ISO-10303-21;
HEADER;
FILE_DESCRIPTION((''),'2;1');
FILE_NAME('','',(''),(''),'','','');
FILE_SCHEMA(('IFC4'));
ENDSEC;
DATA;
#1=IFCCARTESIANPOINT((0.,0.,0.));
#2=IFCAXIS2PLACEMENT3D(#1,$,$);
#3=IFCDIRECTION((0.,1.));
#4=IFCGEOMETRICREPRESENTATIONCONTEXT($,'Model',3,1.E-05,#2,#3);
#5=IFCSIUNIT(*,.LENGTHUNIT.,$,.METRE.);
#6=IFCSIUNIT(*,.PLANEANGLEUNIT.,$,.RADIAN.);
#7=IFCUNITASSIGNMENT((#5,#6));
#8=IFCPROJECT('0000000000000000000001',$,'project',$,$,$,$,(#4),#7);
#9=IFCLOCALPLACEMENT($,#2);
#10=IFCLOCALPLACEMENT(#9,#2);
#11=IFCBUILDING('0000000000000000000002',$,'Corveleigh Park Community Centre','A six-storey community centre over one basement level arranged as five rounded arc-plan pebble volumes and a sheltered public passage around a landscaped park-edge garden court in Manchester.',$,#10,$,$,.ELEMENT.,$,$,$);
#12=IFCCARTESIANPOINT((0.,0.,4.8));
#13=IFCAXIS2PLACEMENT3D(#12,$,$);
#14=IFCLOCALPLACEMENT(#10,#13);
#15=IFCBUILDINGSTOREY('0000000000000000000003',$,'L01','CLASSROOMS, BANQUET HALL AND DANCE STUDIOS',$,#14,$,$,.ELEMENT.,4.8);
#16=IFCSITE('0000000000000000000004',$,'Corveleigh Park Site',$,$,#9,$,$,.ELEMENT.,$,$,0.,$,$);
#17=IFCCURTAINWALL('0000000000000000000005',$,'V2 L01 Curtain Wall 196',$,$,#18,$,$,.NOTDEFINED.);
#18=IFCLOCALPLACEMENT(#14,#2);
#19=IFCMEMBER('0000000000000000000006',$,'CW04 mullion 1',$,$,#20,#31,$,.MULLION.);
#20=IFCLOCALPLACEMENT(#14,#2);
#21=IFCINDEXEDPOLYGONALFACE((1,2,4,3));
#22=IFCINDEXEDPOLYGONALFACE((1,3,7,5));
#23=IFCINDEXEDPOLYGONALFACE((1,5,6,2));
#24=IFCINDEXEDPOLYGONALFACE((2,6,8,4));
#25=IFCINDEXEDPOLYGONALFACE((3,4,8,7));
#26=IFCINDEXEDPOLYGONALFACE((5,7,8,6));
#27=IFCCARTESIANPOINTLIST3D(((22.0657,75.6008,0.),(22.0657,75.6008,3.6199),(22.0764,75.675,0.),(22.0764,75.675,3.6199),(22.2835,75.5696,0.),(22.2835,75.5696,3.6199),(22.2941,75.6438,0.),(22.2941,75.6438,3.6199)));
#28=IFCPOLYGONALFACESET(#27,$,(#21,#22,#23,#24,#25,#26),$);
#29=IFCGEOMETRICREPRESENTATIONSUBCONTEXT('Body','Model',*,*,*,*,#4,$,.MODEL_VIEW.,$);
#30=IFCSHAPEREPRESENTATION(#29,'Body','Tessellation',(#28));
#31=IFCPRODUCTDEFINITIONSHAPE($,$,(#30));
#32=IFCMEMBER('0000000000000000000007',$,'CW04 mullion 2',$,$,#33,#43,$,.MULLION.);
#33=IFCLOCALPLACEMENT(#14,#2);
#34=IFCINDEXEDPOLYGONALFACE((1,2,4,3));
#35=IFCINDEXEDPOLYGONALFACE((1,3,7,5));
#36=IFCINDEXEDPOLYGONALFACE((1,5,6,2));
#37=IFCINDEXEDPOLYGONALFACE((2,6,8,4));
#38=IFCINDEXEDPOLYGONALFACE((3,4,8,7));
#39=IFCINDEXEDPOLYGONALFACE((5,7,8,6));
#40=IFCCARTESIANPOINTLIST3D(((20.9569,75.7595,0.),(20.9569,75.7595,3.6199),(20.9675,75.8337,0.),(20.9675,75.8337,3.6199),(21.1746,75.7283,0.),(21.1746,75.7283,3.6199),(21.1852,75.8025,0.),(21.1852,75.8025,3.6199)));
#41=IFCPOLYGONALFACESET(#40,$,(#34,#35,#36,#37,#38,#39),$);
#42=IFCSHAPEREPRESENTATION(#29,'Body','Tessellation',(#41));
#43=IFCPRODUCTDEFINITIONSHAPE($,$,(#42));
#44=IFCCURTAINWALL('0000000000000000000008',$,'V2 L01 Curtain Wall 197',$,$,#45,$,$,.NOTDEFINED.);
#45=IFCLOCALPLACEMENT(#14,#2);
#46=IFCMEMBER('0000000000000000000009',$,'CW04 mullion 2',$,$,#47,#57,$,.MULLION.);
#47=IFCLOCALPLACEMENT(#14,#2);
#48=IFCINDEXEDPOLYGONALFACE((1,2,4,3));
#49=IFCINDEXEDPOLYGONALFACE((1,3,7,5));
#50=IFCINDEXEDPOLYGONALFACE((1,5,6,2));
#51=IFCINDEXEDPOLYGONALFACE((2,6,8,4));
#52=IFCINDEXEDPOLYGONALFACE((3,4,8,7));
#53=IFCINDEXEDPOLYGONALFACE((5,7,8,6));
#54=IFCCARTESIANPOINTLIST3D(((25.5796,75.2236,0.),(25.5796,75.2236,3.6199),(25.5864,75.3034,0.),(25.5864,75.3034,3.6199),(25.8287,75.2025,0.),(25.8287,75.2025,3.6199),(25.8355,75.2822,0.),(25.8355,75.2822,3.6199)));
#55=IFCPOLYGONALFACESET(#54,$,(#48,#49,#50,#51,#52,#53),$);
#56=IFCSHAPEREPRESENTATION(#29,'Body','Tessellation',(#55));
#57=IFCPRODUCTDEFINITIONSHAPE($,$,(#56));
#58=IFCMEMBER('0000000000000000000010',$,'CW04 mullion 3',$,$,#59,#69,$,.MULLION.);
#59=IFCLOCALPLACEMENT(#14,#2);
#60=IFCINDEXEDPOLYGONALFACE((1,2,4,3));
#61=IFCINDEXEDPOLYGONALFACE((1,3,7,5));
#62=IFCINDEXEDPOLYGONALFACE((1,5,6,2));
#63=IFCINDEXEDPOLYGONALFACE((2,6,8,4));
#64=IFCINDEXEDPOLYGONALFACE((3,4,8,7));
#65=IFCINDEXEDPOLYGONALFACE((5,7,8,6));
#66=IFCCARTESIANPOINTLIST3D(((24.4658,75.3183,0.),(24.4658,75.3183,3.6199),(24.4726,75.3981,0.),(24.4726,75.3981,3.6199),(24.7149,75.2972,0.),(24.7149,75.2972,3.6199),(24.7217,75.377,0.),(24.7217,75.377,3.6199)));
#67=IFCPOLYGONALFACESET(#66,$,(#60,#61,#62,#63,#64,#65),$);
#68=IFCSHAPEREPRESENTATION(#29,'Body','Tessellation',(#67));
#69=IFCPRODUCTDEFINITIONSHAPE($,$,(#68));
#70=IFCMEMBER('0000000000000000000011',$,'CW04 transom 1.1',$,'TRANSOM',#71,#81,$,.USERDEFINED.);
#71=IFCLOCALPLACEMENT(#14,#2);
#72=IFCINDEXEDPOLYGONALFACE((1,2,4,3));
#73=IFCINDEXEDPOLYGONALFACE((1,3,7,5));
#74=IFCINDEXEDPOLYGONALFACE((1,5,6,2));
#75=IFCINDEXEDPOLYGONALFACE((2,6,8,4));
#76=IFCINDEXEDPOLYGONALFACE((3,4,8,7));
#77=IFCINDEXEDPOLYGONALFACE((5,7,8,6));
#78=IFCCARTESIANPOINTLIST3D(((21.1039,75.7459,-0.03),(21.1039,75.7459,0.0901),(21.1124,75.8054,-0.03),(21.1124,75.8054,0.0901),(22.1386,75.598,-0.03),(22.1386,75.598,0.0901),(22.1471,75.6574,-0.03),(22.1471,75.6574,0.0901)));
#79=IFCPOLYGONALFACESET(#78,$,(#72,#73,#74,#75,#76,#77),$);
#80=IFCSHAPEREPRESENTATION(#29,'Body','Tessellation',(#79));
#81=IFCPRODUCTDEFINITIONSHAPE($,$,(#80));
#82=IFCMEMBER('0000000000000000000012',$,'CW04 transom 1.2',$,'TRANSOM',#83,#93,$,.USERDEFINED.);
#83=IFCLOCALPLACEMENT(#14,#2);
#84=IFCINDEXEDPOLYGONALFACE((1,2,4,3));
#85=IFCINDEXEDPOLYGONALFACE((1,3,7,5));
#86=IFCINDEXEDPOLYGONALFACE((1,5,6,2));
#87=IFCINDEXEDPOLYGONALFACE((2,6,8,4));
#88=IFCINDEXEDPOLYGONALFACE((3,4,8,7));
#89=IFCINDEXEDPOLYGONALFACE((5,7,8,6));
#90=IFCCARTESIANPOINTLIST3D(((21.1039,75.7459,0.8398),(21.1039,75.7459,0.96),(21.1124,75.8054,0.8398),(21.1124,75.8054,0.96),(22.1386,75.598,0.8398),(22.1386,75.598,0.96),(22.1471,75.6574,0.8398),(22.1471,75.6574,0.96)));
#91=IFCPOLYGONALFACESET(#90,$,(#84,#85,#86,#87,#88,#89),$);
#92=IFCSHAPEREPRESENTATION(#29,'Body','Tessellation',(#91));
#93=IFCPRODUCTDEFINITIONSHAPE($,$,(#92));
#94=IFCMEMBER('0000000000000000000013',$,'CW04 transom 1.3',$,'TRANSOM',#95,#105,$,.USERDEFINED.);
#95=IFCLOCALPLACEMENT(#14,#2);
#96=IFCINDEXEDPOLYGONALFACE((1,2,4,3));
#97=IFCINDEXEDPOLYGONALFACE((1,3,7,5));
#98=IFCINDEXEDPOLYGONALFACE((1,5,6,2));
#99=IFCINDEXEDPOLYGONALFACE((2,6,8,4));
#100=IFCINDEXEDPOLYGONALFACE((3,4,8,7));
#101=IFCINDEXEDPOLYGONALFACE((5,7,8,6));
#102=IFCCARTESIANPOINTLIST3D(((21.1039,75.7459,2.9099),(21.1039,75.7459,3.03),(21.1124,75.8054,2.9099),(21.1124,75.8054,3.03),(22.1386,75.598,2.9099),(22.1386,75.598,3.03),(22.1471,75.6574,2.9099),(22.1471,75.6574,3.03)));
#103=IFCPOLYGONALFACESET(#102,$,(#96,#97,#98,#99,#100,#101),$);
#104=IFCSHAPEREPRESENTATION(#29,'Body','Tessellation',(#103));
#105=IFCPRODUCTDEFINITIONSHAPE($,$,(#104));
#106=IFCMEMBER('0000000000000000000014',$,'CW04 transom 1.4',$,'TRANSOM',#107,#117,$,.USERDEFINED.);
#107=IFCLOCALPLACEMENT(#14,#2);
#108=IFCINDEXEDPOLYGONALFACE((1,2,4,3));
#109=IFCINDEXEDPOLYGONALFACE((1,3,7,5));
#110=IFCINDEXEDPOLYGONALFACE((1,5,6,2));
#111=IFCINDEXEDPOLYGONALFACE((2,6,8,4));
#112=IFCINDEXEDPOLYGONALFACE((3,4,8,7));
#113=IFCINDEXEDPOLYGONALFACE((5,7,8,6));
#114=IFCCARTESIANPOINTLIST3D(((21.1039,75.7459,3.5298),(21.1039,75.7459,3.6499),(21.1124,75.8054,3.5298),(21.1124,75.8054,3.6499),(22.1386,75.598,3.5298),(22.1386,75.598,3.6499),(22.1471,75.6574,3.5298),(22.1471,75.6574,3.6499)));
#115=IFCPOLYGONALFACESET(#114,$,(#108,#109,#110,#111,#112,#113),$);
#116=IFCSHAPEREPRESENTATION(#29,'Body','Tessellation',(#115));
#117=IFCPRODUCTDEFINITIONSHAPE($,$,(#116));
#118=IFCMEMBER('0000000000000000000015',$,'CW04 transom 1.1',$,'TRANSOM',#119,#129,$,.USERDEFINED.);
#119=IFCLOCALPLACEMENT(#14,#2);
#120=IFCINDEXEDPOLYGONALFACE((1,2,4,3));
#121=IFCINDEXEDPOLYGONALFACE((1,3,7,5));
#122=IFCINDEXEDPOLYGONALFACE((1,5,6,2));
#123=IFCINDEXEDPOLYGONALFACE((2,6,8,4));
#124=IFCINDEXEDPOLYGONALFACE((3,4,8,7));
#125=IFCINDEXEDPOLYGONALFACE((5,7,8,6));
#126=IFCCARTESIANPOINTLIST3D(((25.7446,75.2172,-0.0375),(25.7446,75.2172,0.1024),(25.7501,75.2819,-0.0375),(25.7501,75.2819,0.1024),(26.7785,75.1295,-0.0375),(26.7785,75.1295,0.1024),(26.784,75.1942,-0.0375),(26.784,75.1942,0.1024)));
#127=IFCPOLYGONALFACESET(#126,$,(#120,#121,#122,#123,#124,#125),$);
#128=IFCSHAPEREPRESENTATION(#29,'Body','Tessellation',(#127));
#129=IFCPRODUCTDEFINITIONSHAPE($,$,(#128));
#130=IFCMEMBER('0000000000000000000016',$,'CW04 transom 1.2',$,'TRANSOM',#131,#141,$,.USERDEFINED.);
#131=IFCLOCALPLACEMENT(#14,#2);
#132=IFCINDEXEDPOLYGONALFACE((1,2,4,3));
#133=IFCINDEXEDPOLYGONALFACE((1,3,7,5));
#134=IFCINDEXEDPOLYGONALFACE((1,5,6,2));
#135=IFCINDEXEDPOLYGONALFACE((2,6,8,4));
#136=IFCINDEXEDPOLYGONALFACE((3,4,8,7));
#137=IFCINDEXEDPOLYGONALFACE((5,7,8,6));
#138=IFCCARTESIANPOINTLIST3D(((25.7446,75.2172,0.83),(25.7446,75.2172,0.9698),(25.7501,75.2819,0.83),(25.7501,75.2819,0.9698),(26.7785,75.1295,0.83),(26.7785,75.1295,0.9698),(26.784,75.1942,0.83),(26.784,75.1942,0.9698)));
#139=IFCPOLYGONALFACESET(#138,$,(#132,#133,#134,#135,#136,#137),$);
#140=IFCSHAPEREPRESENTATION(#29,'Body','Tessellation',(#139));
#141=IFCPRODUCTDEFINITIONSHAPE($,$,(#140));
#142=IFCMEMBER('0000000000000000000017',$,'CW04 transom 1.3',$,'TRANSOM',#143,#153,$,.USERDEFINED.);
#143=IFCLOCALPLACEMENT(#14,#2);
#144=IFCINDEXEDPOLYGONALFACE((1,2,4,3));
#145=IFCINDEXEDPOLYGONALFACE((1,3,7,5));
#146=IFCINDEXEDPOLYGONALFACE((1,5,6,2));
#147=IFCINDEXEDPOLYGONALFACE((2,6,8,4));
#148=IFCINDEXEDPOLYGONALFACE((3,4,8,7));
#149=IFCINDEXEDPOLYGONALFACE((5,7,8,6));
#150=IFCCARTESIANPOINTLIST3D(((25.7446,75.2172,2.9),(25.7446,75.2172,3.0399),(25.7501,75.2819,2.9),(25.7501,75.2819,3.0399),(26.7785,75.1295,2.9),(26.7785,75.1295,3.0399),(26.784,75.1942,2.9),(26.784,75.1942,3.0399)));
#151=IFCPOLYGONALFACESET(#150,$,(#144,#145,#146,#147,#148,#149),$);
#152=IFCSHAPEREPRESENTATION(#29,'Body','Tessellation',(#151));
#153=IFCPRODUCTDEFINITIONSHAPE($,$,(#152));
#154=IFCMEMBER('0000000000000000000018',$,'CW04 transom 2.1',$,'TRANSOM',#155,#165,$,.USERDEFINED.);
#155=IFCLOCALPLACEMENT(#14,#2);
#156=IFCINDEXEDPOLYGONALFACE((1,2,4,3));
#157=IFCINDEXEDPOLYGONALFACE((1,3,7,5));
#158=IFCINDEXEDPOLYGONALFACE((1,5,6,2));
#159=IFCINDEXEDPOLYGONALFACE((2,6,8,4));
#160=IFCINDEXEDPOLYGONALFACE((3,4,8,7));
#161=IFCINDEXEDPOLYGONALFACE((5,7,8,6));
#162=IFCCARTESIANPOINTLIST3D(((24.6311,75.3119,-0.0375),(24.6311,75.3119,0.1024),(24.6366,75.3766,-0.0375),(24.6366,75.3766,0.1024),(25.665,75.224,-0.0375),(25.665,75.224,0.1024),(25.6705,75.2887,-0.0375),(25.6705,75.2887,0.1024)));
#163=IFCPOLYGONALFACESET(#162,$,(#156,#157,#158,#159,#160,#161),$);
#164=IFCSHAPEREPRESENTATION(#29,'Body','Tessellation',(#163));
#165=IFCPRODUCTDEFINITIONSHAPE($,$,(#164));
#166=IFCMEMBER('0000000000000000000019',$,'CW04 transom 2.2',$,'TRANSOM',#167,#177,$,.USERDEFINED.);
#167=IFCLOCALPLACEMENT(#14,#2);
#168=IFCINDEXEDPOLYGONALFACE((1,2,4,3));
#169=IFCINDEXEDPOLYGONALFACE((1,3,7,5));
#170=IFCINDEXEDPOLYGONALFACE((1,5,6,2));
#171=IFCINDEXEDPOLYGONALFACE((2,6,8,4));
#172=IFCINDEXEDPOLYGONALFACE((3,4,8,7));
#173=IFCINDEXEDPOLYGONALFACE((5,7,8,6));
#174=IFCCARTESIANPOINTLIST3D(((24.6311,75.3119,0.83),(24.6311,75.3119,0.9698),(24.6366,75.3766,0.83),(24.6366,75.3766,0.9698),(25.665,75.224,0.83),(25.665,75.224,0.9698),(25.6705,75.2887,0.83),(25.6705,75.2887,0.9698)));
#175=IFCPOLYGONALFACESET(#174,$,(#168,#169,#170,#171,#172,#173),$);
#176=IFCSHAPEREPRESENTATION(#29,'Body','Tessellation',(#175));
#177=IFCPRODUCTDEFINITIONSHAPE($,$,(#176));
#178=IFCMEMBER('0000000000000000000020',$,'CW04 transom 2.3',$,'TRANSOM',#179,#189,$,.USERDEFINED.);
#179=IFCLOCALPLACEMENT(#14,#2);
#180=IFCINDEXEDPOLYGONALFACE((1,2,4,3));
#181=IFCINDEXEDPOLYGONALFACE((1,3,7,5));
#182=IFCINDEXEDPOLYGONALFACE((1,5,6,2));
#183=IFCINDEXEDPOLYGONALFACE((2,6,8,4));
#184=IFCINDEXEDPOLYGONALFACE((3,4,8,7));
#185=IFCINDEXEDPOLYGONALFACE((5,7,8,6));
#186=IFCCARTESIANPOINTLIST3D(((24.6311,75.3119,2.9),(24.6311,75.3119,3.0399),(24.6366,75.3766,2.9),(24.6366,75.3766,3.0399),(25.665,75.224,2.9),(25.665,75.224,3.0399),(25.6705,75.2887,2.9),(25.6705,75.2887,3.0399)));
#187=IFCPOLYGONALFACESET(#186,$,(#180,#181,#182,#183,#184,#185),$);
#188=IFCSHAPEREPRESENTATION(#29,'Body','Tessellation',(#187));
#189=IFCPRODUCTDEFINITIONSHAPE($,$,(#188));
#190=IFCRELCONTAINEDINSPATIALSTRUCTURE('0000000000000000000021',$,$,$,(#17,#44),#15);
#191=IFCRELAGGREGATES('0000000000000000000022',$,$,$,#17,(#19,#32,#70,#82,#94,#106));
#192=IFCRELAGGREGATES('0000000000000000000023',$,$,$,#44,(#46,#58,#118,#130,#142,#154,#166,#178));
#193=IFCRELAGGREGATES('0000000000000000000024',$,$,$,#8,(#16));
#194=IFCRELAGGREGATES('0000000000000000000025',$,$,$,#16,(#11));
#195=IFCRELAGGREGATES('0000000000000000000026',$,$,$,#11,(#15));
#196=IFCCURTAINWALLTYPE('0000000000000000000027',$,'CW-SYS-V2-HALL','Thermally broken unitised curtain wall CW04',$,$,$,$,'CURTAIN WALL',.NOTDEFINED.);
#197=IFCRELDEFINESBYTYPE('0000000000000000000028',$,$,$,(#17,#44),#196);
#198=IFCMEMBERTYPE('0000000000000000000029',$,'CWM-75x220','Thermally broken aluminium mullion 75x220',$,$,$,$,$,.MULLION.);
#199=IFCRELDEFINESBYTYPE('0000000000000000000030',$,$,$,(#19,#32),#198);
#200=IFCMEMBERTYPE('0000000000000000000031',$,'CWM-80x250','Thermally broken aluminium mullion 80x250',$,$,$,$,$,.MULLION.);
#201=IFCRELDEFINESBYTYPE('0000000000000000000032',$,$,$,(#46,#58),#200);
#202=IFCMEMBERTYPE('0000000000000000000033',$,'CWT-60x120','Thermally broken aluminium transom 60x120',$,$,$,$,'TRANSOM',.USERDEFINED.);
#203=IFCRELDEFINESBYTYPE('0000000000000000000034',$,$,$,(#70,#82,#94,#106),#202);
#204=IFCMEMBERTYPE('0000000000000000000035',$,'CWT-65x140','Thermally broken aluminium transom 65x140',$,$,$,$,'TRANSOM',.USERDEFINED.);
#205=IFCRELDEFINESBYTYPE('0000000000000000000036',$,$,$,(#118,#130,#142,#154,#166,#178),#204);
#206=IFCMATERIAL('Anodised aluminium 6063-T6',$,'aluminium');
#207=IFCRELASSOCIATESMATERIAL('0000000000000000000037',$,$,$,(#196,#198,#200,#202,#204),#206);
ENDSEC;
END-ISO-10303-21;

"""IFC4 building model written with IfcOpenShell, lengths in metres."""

from ifc_helpers import new_model, si_unit, direction, frame, origin, origin_2d, place, context, subcontext, project, spatial, rectangle, extrude, material, material_profile, profile_set, type_object, element, aggregate, save


model = new_model("IFC4")

# Units and contexts
model_context = context("Model", 3, precision=1e-05, world=origin(), true_north=direction((0.0, 1.0)))
body_context = subcontext(model_context, "Body", "Model", "MODEL_VIEW")
ifc_project = project(units=[si_unit("LENGTHUNIT", "METRE"), si_unit("PLANEANGLEUNIT", "RADIAN")], contexts=[model_context])

# Site, building, storey
site_placement = place(None, origin())
site = spatial("IfcSite", under=ifc_project, at=site_placement, Name="Corveleigh Park Site", CompositionType="ELEMENT", RefElevation=0.0)
building_placement = place(site_placement, origin())
building = spatial("IfcBuilding", under=site, at=building_placement, Name="Corveleigh Park Community Centre", Description="A six-storey community centre over one basement level arranged as five rounded arc-plan pebble volumes and a sheltered public passage around a landscaped park-edge garden court in Manchester.", CompositionType="ELEMENT")
storey_placement = place(building_placement, frame((0.0, 0.0, 4.8)))
storey = spatial("IfcBuildingStorey", under=building, at=storey_placement, Name="L01", Description="CLASSROOMS, BANQUET HALL AND DANCE STUDIOS", CompositionType="ELEMENT", Elevation=4.8)

# Curtain walls, members
ifc_material_1 = material(Name="Anodised aluminium 6063-T6", Category="aluminium")
curtain_wall_type = type_object("IfcCurtainWallType", Name="CW-SYS-V2-HALL", Description="Thermally broken unitised curtain wall CW04", ElementType="CURTAIN WALL", PredefinedType="NOTDEFINED", material=ifc_material_1)
curtain_wall_1_placement = place(storey_placement, origin())
curtain_wall_1 = element("IfcCurtainWall", 1, at=curtain_wall_1_placement, inside=storey, type_object=curtain_wall_type, Name="V2 L01 Curtain Wall 196", PredefinedType="NOTDEFINED")
ifc_material_profile_1 = material_profile(ifc_material_1, rectangle(XDim=0.075, YDim=0.22, at=origin_2d()), Name="ALU-M75x220", Category="aluminium")
ifc_profile_set_1 = profile_set([ifc_material_profile_1], Name="Anodised aluminium 6063-T6")
member_type_1 = type_object("IfcMemberType", Name="CWM-75x220", Description="Thermally broken aluminium mullion 75x220", PredefinedType="MULLION", material=ifc_profile_set_1)
member_1_placement = place(storey_placement, frame((22.1799, 75.6223, 0.0), z_axis=(0.0, 0.0, 1.0), x_axis=(-0.141663, -0.989915, 0.0)))
member_1 = element("IfcMember", 2, at=member_1_placement, type_object=member_type_1, Name="CW04 mullion 1", PredefinedType="MULLION", context=body_context, shape_type="SweptSolid", body=[
    extrude(rectangle(XDim=0.075, YDim=0.22, at=origin_2d()), origin(), (0.0, 0.0, 1.0), 3.6199),
])
member_2_placement = place(storey_placement, frame((21.071, 75.781, 0.0), z_axis=(0.0, 0.0, 1.0), x_axis=(-0.141663, -0.989915, 0.0)))
member_2 = element("IfcMember", 3, at=member_2_placement, type_object=member_type_1, Name="CW04 mullion 2", PredefinedType="MULLION", context=body_context, shape_type="SweptSolid", body=[
    extrude(rectangle(XDim=0.075, YDim=0.22, at=origin_2d()), origin(), (0.0, 0.0, 1.0), 3.6199),
])
curtain_wall_2_placement = place(storey_placement, origin())
curtain_wall_2 = element("IfcCurtainWall", 4, at=curtain_wall_2_placement, inside=storey, type_object=curtain_wall_type, Name="V2 L01 Curtain Wall 197", PredefinedType="NOTDEFINED")
ifc_material_profile_2 = material_profile(ifc_material_1, rectangle(XDim=0.0801, YDim=0.25, at=origin_2d()), Name="ALU-M80x250", Category="aluminium")
ifc_profile_set_2 = profile_set([ifc_material_profile_2], Name="Anodised aluminium 6063-T6")
member_type_2 = type_object("IfcMemberType", Name="CWM-80x250", Description="Thermally broken aluminium mullion 80x250", PredefinedType="MULLION", material=ifc_profile_set_2)
member_3_placement = place(storey_placement, frame((25.7075, 75.2529, 0.0), z_axis=(0.0, 0.0, 1.0), x_axis=(-0.084654, -0.99641, 0.0)))
member_3 = element("IfcMember", 5, at=member_3_placement, type_object=member_type_2, Name="CW04 mullion 2", PredefinedType="MULLION", context=body_context, shape_type="SweptSolid", body=[
    extrude(rectangle(XDim=0.0801, YDim=0.25, at=origin_2d()), origin(), (0.0, 0.0, 1.0), 3.6199),
])
member_4_placement = place(storey_placement, frame((24.5938, 75.3477, 0.0), z_axis=(0.0, 0.0, 1.0), x_axis=(-0.084654, -0.99641, 0.0)))
member_4 = element("IfcMember", 6, at=member_4_placement, type_object=member_type_2, Name="CW04 mullion 3", PredefinedType="MULLION", context=body_context, shape_type="SweptSolid", body=[
    extrude(rectangle(XDim=0.0801, YDim=0.25, at=origin_2d()), origin(), (0.0, 0.0, 1.0), 3.6199),
])

# Members
ifc_material_profile_3 = material_profile(ifc_material_1, rectangle(XDim=0.0601, YDim=0.1201, at=origin_2d()), Name="ALU-T60x120", Category="aluminium")
ifc_profile_set_3 = profile_set([ifc_material_profile_3], Name="Anodised aluminium 6063-T6")
member_type_3 = type_object("IfcMemberType", Name="CWT-60x120", Description="Thermally broken aluminium transom 60x120", ElementType="TRANSOM", PredefinedType="USERDEFINED", material=ifc_profile_set_3)
member_5_placement = place(storey_placement, frame((22.1428, 75.6277, 0.03), z_axis=(-0.989931, 0.141552, 0.0), x_axis=(-0.141552, -0.989931, 0.0)))
member_5 = element("IfcMember", 7, at=member_5_placement, type_object=member_type_3, Name="CW04 transom 1.1", ObjectType="TRANSOM", PredefinedType="USERDEFINED", context=body_context, shape_type="SweptSolid", body=[
    extrude(rectangle(XDim=0.0601, YDim=0.1201, at=origin_2d()), origin(), (0.0, 0.0, 1.0), 1.0452),
])
member_6_placement = place(storey_placement, frame((22.1428, 75.6277, 0.8999), z_axis=(-0.989931, 0.141552, 0.0), x_axis=(-0.141552, -0.989931, 0.0)))
member_6 = element("IfcMember", 8, at=member_6_placement, type_object=member_type_3, Name="CW04 transom 1.2", ObjectType="TRANSOM", PredefinedType="USERDEFINED", context=body_context, shape_type="SweptSolid", body=[
    extrude(rectangle(XDim=0.0601, YDim=0.1201, at=origin_2d()), origin(), (0.0, 0.0, 1.0), 1.0452),
])
member_7_placement = place(storey_placement, frame((22.1428, 75.6277, 2.97), z_axis=(-0.989931, 0.141552, 0.0), x_axis=(-0.141552, -0.989931, 0.0)))
member_7 = element("IfcMember", 9, at=member_7_placement, type_object=member_type_3, Name="CW04 transom 1.3", ObjectType="TRANSOM", PredefinedType="USERDEFINED", context=body_context, shape_type="SweptSolid", body=[
    extrude(rectangle(XDim=0.0601, YDim=0.1201, at=origin_2d()), origin(), (0.0, 0.0, 1.0), 1.0452),
])
member_8_placement = place(storey_placement, frame((22.1428, 75.6277, 3.5898), z_axis=(-0.989931, 0.141552, 0.0), x_axis=(-0.141552, -0.989931, 0.0)))
member_8 = element("IfcMember", 10, at=member_8_placement, type_object=member_type_3, Name="CW04 transom 1.4", ObjectType="TRANSOM", PredefinedType="USERDEFINED", context=body_context, shape_type="SweptSolid", body=[
    extrude(rectangle(XDim=0.0601, YDim=0.1201, at=origin_2d()), origin(), (0.0, 0.0, 1.0), 1.0452),
])
ifc_material_profile_4 = material_profile(ifc_material_1, rectangle(XDim=0.0649, YDim=0.1399, at=origin_2d()), Name="ALU-T65x140", Category="aluminium")
ifc_profile_set_4 = profile_set([ifc_material_profile_4], Name="Anodised aluminium 6063-T6")
member_type_4 = type_object("IfcMemberType", Name="CWT-65x140", Description="Thermally broken aluminium transom 65x140", ElementType="TRANSOM", PredefinedType="USERDEFINED", material=ifc_profile_set_4)
member_9_placement = place(storey_placement, frame((26.7812, 75.1619, 0.0325), z_axis=(-0.996426, 0.084467, 0.0), x_axis=(-0.084467, -0.996426, 0.0)))
member_9 = element("IfcMember", 11, at=member_9_placement, type_object=member_type_4, Name="CW04 transom 1.1", ObjectType="TRANSOM", PredefinedType="USERDEFINED", context=body_context, shape_type="SweptSolid", body=[
    extrude(rectangle(XDim=0.0649, YDim=0.1399, at=origin_2d()), origin(), (0.0, 0.0, 1.0), 1.0376),
])
member_10_placement = place(storey_placement, frame((26.7812, 75.1619, 0.8999), z_axis=(-0.996426, 0.084467, 0.0), x_axis=(-0.084467, -0.996426, 0.0)))
member_10 = element("IfcMember", 12, at=member_10_placement, type_object=member_type_4, Name="CW04 transom 1.2", ObjectType="TRANSOM", PredefinedType="USERDEFINED", context=body_context, shape_type="SweptSolid", body=[
    extrude(rectangle(XDim=0.0649, YDim=0.1399, at=origin_2d()), origin(), (0.0, 0.0, 1.0), 1.0376),
])
member_11_placement = place(storey_placement, frame((26.7812, 75.1619, 2.97), z_axis=(-0.996426, 0.084467, 0.0), x_axis=(-0.084467, -0.996426, 0.0)))
member_11 = element("IfcMember", 13, at=member_11_placement, type_object=member_type_4, Name="CW04 transom 1.3", ObjectType="TRANSOM", PredefinedType="USERDEFINED", context=body_context, shape_type="SweptSolid", body=[
    extrude(rectangle(XDim=0.0649, YDim=0.1399, at=origin_2d()), origin(), (0.0, 0.0, 1.0), 1.0376),
])
member_12_placement = place(storey_placement, frame((25.6677, 75.2563, 0.0325), z_axis=(-0.996406, 0.0847, 0.0), x_axis=(-0.0847, -0.996406, 0.0)))
member_12 = element("IfcMember", 14, at=member_12_placement, type_object=member_type_4, Name="CW04 transom 2.1", ObjectType="TRANSOM", PredefinedType="USERDEFINED", context=body_context, shape_type="SweptSolid", body=[
    extrude(rectangle(XDim=0.0649, YDim=0.1399, at=origin_2d()), origin(), (0.0, 0.0, 1.0), 1.0376),
])
member_13_placement = place(storey_placement, frame((25.6677, 75.2563, 0.8999), z_axis=(-0.996406, 0.0847, 0.0), x_axis=(-0.0847, -0.996406, 0.0)))
member_13 = element("IfcMember", 15, at=member_13_placement, type_object=member_type_4, Name="CW04 transom 2.2", ObjectType="TRANSOM", PredefinedType="USERDEFINED", context=body_context, shape_type="SweptSolid", body=[
    extrude(rectangle(XDim=0.0649, YDim=0.1399, at=origin_2d()), origin(), (0.0, 0.0, 1.0), 1.0376),
])
member_14_placement = place(storey_placement, frame((25.6677, 75.2563, 2.97), z_axis=(-0.996406, 0.0847, 0.0), x_axis=(-0.0847, -0.996406, 0.0)))
member_14 = element("IfcMember", 16, at=member_14_placement, type_object=member_type_4, Name="CW04 transom 2.3", ObjectType="TRANSOM", PredefinedType="USERDEFINED", context=body_context, shape_type="SweptSolid", body=[
    extrude(rectangle(XDim=0.0649, YDim=0.1399, at=origin_2d()), origin(), (0.0, 0.0, 1.0), 1.0376),
])

aggregate(curtain_wall_1, [member_1, member_2, member_5, member_6, member_7, member_8])
aggregate(curtain_wall_2, [member_3, member_4, member_9, member_10, member_11, member_12, member_13, member_14])

save(model, "model.ifc")
